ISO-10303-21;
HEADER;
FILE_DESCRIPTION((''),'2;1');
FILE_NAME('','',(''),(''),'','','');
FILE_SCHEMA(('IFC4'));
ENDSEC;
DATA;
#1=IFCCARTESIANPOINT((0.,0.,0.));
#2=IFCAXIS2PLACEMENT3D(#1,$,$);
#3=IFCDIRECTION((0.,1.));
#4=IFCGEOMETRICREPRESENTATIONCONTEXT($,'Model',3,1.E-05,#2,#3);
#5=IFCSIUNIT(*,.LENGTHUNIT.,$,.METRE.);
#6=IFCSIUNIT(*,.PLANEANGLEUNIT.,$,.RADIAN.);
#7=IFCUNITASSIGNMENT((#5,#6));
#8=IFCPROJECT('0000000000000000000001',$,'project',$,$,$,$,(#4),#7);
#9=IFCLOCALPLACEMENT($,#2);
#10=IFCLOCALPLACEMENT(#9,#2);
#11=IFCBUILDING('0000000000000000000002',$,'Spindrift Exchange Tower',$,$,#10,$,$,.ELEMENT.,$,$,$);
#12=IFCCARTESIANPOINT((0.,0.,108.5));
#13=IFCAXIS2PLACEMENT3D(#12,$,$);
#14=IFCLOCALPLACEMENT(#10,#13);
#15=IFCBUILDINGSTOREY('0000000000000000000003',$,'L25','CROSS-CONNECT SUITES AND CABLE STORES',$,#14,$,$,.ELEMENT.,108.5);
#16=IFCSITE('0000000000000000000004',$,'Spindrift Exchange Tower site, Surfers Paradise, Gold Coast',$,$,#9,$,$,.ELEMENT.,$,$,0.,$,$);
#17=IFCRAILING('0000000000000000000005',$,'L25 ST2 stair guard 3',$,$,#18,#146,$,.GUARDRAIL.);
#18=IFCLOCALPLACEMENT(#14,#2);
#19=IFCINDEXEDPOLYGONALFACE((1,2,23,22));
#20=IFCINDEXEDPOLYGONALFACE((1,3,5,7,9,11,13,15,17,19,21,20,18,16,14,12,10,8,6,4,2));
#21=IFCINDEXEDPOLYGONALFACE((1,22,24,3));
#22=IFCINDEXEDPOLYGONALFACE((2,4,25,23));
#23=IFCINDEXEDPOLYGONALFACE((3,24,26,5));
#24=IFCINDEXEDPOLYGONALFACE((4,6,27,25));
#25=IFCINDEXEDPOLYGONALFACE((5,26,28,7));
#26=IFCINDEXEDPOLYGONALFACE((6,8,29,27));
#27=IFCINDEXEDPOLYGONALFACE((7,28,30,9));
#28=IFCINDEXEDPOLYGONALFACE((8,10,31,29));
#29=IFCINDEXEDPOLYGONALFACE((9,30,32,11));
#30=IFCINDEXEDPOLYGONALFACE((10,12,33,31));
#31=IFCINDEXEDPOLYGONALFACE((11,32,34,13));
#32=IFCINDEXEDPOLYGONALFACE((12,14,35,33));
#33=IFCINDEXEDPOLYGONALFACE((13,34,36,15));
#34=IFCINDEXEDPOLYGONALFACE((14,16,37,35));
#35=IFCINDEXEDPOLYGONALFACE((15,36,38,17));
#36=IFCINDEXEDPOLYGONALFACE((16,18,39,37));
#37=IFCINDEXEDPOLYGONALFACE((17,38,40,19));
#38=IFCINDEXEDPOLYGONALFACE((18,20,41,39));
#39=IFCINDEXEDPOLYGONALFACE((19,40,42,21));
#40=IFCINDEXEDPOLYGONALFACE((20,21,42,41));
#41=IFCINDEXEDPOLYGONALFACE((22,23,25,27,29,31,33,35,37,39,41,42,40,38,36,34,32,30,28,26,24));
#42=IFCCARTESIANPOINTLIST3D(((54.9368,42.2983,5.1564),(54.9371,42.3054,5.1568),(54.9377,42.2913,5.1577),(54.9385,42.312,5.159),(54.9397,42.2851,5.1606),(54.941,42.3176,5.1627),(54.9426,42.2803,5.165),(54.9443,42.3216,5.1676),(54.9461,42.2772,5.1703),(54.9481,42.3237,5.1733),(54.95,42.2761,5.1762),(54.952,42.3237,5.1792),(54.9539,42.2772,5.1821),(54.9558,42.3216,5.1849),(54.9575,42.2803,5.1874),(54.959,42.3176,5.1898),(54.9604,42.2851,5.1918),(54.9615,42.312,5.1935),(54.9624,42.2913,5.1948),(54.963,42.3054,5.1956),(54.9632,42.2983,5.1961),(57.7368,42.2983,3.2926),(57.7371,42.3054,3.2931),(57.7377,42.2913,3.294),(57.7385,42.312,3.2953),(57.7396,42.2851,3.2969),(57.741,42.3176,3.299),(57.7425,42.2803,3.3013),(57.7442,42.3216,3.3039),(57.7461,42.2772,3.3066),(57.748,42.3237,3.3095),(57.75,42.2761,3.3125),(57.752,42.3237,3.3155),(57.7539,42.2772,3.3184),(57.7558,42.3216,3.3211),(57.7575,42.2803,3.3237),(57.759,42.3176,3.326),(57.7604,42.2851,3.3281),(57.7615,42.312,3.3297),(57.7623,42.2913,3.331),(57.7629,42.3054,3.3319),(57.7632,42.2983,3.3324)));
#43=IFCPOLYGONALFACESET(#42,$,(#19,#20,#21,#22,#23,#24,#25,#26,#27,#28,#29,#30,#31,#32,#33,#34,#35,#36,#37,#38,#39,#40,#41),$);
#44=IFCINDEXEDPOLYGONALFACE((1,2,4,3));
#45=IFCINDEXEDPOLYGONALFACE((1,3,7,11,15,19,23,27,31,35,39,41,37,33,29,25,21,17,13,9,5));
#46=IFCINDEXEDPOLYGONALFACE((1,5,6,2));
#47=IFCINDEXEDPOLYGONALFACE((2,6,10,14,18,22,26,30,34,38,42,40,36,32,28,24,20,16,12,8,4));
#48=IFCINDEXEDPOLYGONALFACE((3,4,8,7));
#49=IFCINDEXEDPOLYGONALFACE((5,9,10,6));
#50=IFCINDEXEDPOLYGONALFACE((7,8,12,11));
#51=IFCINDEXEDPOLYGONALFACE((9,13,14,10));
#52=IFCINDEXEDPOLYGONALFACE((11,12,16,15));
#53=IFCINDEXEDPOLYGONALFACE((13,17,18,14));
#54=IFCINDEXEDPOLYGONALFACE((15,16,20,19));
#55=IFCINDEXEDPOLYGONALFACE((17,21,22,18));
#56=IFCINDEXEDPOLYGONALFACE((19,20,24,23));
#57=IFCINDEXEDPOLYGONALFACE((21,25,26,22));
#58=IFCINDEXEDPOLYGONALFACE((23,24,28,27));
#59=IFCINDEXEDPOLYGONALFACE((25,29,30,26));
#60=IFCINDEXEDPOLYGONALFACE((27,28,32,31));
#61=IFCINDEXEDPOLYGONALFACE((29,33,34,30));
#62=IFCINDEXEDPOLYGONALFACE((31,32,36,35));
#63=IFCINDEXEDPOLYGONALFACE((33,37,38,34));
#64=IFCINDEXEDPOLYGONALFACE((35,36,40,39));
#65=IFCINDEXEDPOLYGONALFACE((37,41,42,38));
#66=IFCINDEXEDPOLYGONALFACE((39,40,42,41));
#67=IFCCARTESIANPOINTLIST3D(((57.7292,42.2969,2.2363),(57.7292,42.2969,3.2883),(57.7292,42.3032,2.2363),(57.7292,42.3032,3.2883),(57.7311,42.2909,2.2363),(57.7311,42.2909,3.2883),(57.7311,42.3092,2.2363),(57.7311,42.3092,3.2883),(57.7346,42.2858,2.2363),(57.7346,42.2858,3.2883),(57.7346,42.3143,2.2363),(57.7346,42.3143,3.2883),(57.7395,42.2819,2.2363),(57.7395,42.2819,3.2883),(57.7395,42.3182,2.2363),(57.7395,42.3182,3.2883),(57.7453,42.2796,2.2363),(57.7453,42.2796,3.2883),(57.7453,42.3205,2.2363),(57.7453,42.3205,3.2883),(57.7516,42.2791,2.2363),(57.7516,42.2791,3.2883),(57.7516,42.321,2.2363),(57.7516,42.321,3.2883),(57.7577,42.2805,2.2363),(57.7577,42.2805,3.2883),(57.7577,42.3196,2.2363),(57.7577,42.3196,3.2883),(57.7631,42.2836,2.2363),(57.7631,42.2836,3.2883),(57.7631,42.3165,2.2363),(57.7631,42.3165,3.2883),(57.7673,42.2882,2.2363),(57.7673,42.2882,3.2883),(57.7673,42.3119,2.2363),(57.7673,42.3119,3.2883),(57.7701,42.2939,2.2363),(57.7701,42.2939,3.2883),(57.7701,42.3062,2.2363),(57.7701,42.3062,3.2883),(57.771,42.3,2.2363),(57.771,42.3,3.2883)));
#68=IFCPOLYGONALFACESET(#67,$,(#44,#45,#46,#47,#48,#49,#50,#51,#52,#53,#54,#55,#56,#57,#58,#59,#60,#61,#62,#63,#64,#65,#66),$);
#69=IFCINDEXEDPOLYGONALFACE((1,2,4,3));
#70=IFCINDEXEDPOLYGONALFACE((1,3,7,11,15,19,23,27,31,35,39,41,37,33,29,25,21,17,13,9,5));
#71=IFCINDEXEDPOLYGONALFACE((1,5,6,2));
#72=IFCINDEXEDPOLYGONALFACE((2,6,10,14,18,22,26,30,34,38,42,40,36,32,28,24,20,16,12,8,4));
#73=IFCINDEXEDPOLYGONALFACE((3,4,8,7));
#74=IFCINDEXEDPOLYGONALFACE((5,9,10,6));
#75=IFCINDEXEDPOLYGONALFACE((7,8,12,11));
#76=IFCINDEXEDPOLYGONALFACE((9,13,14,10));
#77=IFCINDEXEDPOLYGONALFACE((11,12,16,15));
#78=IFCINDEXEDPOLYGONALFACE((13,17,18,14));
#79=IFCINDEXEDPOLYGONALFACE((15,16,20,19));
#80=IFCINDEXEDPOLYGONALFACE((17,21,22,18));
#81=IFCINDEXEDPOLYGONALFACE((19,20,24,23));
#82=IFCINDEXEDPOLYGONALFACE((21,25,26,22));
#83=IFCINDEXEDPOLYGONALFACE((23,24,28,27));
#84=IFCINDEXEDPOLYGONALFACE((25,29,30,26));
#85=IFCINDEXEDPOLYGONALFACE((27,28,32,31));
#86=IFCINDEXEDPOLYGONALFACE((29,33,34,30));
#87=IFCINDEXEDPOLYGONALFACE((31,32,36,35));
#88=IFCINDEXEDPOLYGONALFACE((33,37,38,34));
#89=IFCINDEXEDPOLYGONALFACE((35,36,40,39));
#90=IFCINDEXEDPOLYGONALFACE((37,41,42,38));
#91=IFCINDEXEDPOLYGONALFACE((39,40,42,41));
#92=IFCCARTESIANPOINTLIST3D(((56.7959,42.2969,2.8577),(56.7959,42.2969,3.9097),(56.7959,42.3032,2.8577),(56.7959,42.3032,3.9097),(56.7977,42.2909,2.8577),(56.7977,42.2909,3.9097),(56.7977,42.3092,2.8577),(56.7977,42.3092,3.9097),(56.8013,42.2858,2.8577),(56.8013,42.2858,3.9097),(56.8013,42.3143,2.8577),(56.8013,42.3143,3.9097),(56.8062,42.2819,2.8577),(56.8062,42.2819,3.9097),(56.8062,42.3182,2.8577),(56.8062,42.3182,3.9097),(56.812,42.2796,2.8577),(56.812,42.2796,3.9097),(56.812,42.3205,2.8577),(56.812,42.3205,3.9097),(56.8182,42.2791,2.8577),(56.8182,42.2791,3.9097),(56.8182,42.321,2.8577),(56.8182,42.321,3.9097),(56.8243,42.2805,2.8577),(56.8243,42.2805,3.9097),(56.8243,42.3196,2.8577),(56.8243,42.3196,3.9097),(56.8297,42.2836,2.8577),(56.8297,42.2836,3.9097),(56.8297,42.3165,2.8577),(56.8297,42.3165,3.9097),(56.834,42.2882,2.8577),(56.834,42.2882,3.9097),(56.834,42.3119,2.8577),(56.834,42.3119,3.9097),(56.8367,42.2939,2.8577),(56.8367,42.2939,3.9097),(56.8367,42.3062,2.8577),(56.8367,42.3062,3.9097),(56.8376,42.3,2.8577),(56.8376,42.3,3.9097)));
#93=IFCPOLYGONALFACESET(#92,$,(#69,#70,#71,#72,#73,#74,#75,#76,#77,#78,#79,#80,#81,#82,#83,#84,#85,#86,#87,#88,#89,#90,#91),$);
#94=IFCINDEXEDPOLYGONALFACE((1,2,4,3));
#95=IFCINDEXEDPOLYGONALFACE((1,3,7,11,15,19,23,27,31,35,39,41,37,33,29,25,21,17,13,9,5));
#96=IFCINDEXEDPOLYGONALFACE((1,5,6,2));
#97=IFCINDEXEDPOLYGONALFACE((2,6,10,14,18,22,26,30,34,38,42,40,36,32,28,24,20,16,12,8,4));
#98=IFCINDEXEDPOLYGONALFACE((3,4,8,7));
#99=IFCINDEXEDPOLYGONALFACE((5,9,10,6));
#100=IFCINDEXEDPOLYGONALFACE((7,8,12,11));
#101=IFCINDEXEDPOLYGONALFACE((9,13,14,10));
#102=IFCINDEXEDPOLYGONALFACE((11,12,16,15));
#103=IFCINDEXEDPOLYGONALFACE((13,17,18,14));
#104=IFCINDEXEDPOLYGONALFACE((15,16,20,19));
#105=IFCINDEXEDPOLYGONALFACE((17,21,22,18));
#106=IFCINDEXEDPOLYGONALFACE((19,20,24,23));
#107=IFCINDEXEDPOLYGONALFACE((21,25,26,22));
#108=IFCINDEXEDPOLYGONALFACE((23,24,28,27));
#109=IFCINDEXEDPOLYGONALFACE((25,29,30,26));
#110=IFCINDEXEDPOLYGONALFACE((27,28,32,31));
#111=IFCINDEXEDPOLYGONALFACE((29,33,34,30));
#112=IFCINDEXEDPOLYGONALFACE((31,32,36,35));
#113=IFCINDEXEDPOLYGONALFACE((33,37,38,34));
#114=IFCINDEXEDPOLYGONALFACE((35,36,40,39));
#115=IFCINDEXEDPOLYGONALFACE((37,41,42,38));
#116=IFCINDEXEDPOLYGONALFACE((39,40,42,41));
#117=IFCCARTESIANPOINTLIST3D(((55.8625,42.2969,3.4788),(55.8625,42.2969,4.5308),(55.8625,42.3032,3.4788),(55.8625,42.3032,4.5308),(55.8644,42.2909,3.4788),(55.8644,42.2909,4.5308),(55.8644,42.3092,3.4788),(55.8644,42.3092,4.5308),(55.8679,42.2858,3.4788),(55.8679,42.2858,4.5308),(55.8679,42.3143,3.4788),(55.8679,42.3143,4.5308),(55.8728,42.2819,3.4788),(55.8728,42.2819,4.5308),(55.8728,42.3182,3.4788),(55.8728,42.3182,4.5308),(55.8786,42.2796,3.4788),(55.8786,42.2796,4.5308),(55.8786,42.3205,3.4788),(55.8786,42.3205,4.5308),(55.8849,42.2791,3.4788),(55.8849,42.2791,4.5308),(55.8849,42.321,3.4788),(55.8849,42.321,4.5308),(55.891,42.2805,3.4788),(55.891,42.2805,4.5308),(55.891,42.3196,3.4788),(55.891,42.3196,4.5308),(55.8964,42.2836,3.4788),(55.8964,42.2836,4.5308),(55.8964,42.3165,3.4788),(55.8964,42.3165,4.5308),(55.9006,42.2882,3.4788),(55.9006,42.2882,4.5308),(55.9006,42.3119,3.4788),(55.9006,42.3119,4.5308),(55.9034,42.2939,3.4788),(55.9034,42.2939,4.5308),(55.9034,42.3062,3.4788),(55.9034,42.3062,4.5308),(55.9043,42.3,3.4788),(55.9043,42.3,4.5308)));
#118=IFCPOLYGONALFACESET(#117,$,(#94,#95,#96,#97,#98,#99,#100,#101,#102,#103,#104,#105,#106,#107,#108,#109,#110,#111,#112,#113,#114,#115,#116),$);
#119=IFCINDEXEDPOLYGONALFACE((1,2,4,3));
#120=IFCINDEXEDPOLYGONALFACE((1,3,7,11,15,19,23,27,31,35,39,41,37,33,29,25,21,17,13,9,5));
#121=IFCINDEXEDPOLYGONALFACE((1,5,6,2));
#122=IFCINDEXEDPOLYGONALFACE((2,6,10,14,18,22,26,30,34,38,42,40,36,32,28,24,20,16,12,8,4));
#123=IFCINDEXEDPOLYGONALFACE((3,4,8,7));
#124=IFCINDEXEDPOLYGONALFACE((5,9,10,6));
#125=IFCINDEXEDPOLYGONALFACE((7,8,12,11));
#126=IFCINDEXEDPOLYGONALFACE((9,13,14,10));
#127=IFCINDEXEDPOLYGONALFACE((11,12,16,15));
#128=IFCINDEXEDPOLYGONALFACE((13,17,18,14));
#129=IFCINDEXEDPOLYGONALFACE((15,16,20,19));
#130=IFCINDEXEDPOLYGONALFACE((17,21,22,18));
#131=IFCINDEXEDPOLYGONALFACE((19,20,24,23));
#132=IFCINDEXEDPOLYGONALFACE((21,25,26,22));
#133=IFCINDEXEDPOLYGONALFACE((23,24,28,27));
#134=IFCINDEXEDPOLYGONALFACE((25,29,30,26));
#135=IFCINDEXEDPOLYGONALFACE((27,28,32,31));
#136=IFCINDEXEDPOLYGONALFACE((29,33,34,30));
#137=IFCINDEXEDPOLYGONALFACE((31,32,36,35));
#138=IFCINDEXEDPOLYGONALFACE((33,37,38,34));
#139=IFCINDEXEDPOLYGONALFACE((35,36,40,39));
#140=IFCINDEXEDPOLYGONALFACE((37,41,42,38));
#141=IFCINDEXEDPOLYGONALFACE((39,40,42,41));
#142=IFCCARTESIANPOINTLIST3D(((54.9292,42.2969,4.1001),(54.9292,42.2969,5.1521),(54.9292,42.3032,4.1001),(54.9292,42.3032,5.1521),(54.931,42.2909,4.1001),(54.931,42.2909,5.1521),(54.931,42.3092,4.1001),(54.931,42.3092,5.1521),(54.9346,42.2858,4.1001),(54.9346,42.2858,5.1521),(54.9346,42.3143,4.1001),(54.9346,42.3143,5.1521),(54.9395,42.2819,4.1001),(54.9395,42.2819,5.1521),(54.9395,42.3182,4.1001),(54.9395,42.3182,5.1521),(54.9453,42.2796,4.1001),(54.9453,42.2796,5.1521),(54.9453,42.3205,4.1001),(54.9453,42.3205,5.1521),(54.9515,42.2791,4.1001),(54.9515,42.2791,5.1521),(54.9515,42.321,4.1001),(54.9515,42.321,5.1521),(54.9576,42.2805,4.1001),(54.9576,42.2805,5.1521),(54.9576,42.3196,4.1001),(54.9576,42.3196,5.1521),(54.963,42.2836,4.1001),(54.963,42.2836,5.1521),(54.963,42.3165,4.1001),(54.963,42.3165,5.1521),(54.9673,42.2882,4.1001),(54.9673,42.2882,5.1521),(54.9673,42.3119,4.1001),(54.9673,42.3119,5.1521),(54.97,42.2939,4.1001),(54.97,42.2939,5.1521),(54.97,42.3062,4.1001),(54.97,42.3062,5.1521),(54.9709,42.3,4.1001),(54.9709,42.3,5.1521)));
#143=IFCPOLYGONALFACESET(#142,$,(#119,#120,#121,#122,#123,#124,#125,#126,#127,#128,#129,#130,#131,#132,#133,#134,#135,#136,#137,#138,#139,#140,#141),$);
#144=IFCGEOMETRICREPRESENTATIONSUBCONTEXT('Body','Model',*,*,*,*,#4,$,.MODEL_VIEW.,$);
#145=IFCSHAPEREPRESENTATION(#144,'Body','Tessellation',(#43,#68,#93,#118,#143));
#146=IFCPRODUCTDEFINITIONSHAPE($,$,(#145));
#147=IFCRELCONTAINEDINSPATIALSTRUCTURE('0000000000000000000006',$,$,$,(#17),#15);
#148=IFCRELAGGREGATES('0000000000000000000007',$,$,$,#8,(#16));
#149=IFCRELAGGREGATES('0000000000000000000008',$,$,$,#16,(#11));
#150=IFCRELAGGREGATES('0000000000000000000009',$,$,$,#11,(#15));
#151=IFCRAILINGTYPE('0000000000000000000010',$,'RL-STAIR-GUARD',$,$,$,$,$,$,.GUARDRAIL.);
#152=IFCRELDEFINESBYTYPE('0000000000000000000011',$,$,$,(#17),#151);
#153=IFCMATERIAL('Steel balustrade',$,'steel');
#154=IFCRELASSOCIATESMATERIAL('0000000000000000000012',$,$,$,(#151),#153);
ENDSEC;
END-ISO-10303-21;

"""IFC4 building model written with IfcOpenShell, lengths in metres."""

from ifc_helpers import new_model, si_unit, direction, frame, origin, origin_2d, place, context, subcontext, project, spatial, circle, extrude, material, type_object, element, save


model = new_model("IFC4")

# Units and contexts
model_context = context("Model", 3, precision=1e-05, world=origin(), true_north=direction((0.0, 1.0)))
body_context = subcontext(model_context, "Body", "Model", "MODEL_VIEW")
ifc_project = project(units=[si_unit("LENGTHUNIT", "METRE"), si_unit("PLANEANGLEUNIT", "RADIAN")], contexts=[model_context])

# Site, building, storey
site_placement = place(None, origin())
site = spatial("IfcSite", under=ifc_project, at=site_placement, Name="Spindrift Exchange Tower site, Surfers Paradise, Gold Coast", CompositionType="ELEMENT", RefElevation=0.0)
building_placement = place(site_placement, origin())
building = spatial("IfcBuilding", under=site, at=building_placement, Name="Spindrift Exchange Tower", CompositionType="ELEMENT")
storey_placement = place(building_placement, frame((0.0, 0.0, 108.5)))
storey = spatial("IfcBuildingStorey", under=building, at=storey_placement, Name="L25", Description="CROSS-CONNECT SUITES AND CABLE STORES", CompositionType="ELEMENT", Elevation=108.5)

# Railing
ifc_material_1 = material(Name="Steel balustrade", Category="steel")
railing_type_1 = type_object("IfcRailingType", Name="RL-STAIR-GUARD", PredefinedType="GUARDRAIL", material=ifc_material_1)
railing_1_placement = place(storey_placement, frame((57.75, 42.3, 2.2363)))
element("IfcRailing", 1, at=railing_1_placement, inside=storey, type_object=railing_type_1, Name="L25 ST2 stair guard 3", PredefinedType="GUARDRAIL", context=body_context, shape_type="SweptSolid", body=[
    extrude(circle(Radius=0.0239, at=origin_2d()), frame((0.0, 0.0, 1.0762), z_axis=(-0.832452, 0.0, 0.554097), x_axis=(0.0, -1.0, 0.0)), (0.0, 0.0, 1.0), 3.3635),
    extrude(circle(Radius=0.021, at=origin_2d()), origin(), (0.0, 0.0, 1.0), 1.052),
    extrude(circle(Radius=0.021, at=origin_2d()), frame((-0.9333, 0.0, 0.6213)), (0.0, 0.0, 1.0), 1.052),
    extrude(circle(Radius=0.021, at=origin_2d()), frame((-1.8667, 0.0, 1.2424)), (0.0, 0.0, 1.0), 1.052),
    extrude(circle(Radius=0.021, at=origin_2d()), frame((-2.8, 0.0, 1.8638)), (0.0, 0.0, 1.0), 1.052),
])

save(model, "model.ifc")
